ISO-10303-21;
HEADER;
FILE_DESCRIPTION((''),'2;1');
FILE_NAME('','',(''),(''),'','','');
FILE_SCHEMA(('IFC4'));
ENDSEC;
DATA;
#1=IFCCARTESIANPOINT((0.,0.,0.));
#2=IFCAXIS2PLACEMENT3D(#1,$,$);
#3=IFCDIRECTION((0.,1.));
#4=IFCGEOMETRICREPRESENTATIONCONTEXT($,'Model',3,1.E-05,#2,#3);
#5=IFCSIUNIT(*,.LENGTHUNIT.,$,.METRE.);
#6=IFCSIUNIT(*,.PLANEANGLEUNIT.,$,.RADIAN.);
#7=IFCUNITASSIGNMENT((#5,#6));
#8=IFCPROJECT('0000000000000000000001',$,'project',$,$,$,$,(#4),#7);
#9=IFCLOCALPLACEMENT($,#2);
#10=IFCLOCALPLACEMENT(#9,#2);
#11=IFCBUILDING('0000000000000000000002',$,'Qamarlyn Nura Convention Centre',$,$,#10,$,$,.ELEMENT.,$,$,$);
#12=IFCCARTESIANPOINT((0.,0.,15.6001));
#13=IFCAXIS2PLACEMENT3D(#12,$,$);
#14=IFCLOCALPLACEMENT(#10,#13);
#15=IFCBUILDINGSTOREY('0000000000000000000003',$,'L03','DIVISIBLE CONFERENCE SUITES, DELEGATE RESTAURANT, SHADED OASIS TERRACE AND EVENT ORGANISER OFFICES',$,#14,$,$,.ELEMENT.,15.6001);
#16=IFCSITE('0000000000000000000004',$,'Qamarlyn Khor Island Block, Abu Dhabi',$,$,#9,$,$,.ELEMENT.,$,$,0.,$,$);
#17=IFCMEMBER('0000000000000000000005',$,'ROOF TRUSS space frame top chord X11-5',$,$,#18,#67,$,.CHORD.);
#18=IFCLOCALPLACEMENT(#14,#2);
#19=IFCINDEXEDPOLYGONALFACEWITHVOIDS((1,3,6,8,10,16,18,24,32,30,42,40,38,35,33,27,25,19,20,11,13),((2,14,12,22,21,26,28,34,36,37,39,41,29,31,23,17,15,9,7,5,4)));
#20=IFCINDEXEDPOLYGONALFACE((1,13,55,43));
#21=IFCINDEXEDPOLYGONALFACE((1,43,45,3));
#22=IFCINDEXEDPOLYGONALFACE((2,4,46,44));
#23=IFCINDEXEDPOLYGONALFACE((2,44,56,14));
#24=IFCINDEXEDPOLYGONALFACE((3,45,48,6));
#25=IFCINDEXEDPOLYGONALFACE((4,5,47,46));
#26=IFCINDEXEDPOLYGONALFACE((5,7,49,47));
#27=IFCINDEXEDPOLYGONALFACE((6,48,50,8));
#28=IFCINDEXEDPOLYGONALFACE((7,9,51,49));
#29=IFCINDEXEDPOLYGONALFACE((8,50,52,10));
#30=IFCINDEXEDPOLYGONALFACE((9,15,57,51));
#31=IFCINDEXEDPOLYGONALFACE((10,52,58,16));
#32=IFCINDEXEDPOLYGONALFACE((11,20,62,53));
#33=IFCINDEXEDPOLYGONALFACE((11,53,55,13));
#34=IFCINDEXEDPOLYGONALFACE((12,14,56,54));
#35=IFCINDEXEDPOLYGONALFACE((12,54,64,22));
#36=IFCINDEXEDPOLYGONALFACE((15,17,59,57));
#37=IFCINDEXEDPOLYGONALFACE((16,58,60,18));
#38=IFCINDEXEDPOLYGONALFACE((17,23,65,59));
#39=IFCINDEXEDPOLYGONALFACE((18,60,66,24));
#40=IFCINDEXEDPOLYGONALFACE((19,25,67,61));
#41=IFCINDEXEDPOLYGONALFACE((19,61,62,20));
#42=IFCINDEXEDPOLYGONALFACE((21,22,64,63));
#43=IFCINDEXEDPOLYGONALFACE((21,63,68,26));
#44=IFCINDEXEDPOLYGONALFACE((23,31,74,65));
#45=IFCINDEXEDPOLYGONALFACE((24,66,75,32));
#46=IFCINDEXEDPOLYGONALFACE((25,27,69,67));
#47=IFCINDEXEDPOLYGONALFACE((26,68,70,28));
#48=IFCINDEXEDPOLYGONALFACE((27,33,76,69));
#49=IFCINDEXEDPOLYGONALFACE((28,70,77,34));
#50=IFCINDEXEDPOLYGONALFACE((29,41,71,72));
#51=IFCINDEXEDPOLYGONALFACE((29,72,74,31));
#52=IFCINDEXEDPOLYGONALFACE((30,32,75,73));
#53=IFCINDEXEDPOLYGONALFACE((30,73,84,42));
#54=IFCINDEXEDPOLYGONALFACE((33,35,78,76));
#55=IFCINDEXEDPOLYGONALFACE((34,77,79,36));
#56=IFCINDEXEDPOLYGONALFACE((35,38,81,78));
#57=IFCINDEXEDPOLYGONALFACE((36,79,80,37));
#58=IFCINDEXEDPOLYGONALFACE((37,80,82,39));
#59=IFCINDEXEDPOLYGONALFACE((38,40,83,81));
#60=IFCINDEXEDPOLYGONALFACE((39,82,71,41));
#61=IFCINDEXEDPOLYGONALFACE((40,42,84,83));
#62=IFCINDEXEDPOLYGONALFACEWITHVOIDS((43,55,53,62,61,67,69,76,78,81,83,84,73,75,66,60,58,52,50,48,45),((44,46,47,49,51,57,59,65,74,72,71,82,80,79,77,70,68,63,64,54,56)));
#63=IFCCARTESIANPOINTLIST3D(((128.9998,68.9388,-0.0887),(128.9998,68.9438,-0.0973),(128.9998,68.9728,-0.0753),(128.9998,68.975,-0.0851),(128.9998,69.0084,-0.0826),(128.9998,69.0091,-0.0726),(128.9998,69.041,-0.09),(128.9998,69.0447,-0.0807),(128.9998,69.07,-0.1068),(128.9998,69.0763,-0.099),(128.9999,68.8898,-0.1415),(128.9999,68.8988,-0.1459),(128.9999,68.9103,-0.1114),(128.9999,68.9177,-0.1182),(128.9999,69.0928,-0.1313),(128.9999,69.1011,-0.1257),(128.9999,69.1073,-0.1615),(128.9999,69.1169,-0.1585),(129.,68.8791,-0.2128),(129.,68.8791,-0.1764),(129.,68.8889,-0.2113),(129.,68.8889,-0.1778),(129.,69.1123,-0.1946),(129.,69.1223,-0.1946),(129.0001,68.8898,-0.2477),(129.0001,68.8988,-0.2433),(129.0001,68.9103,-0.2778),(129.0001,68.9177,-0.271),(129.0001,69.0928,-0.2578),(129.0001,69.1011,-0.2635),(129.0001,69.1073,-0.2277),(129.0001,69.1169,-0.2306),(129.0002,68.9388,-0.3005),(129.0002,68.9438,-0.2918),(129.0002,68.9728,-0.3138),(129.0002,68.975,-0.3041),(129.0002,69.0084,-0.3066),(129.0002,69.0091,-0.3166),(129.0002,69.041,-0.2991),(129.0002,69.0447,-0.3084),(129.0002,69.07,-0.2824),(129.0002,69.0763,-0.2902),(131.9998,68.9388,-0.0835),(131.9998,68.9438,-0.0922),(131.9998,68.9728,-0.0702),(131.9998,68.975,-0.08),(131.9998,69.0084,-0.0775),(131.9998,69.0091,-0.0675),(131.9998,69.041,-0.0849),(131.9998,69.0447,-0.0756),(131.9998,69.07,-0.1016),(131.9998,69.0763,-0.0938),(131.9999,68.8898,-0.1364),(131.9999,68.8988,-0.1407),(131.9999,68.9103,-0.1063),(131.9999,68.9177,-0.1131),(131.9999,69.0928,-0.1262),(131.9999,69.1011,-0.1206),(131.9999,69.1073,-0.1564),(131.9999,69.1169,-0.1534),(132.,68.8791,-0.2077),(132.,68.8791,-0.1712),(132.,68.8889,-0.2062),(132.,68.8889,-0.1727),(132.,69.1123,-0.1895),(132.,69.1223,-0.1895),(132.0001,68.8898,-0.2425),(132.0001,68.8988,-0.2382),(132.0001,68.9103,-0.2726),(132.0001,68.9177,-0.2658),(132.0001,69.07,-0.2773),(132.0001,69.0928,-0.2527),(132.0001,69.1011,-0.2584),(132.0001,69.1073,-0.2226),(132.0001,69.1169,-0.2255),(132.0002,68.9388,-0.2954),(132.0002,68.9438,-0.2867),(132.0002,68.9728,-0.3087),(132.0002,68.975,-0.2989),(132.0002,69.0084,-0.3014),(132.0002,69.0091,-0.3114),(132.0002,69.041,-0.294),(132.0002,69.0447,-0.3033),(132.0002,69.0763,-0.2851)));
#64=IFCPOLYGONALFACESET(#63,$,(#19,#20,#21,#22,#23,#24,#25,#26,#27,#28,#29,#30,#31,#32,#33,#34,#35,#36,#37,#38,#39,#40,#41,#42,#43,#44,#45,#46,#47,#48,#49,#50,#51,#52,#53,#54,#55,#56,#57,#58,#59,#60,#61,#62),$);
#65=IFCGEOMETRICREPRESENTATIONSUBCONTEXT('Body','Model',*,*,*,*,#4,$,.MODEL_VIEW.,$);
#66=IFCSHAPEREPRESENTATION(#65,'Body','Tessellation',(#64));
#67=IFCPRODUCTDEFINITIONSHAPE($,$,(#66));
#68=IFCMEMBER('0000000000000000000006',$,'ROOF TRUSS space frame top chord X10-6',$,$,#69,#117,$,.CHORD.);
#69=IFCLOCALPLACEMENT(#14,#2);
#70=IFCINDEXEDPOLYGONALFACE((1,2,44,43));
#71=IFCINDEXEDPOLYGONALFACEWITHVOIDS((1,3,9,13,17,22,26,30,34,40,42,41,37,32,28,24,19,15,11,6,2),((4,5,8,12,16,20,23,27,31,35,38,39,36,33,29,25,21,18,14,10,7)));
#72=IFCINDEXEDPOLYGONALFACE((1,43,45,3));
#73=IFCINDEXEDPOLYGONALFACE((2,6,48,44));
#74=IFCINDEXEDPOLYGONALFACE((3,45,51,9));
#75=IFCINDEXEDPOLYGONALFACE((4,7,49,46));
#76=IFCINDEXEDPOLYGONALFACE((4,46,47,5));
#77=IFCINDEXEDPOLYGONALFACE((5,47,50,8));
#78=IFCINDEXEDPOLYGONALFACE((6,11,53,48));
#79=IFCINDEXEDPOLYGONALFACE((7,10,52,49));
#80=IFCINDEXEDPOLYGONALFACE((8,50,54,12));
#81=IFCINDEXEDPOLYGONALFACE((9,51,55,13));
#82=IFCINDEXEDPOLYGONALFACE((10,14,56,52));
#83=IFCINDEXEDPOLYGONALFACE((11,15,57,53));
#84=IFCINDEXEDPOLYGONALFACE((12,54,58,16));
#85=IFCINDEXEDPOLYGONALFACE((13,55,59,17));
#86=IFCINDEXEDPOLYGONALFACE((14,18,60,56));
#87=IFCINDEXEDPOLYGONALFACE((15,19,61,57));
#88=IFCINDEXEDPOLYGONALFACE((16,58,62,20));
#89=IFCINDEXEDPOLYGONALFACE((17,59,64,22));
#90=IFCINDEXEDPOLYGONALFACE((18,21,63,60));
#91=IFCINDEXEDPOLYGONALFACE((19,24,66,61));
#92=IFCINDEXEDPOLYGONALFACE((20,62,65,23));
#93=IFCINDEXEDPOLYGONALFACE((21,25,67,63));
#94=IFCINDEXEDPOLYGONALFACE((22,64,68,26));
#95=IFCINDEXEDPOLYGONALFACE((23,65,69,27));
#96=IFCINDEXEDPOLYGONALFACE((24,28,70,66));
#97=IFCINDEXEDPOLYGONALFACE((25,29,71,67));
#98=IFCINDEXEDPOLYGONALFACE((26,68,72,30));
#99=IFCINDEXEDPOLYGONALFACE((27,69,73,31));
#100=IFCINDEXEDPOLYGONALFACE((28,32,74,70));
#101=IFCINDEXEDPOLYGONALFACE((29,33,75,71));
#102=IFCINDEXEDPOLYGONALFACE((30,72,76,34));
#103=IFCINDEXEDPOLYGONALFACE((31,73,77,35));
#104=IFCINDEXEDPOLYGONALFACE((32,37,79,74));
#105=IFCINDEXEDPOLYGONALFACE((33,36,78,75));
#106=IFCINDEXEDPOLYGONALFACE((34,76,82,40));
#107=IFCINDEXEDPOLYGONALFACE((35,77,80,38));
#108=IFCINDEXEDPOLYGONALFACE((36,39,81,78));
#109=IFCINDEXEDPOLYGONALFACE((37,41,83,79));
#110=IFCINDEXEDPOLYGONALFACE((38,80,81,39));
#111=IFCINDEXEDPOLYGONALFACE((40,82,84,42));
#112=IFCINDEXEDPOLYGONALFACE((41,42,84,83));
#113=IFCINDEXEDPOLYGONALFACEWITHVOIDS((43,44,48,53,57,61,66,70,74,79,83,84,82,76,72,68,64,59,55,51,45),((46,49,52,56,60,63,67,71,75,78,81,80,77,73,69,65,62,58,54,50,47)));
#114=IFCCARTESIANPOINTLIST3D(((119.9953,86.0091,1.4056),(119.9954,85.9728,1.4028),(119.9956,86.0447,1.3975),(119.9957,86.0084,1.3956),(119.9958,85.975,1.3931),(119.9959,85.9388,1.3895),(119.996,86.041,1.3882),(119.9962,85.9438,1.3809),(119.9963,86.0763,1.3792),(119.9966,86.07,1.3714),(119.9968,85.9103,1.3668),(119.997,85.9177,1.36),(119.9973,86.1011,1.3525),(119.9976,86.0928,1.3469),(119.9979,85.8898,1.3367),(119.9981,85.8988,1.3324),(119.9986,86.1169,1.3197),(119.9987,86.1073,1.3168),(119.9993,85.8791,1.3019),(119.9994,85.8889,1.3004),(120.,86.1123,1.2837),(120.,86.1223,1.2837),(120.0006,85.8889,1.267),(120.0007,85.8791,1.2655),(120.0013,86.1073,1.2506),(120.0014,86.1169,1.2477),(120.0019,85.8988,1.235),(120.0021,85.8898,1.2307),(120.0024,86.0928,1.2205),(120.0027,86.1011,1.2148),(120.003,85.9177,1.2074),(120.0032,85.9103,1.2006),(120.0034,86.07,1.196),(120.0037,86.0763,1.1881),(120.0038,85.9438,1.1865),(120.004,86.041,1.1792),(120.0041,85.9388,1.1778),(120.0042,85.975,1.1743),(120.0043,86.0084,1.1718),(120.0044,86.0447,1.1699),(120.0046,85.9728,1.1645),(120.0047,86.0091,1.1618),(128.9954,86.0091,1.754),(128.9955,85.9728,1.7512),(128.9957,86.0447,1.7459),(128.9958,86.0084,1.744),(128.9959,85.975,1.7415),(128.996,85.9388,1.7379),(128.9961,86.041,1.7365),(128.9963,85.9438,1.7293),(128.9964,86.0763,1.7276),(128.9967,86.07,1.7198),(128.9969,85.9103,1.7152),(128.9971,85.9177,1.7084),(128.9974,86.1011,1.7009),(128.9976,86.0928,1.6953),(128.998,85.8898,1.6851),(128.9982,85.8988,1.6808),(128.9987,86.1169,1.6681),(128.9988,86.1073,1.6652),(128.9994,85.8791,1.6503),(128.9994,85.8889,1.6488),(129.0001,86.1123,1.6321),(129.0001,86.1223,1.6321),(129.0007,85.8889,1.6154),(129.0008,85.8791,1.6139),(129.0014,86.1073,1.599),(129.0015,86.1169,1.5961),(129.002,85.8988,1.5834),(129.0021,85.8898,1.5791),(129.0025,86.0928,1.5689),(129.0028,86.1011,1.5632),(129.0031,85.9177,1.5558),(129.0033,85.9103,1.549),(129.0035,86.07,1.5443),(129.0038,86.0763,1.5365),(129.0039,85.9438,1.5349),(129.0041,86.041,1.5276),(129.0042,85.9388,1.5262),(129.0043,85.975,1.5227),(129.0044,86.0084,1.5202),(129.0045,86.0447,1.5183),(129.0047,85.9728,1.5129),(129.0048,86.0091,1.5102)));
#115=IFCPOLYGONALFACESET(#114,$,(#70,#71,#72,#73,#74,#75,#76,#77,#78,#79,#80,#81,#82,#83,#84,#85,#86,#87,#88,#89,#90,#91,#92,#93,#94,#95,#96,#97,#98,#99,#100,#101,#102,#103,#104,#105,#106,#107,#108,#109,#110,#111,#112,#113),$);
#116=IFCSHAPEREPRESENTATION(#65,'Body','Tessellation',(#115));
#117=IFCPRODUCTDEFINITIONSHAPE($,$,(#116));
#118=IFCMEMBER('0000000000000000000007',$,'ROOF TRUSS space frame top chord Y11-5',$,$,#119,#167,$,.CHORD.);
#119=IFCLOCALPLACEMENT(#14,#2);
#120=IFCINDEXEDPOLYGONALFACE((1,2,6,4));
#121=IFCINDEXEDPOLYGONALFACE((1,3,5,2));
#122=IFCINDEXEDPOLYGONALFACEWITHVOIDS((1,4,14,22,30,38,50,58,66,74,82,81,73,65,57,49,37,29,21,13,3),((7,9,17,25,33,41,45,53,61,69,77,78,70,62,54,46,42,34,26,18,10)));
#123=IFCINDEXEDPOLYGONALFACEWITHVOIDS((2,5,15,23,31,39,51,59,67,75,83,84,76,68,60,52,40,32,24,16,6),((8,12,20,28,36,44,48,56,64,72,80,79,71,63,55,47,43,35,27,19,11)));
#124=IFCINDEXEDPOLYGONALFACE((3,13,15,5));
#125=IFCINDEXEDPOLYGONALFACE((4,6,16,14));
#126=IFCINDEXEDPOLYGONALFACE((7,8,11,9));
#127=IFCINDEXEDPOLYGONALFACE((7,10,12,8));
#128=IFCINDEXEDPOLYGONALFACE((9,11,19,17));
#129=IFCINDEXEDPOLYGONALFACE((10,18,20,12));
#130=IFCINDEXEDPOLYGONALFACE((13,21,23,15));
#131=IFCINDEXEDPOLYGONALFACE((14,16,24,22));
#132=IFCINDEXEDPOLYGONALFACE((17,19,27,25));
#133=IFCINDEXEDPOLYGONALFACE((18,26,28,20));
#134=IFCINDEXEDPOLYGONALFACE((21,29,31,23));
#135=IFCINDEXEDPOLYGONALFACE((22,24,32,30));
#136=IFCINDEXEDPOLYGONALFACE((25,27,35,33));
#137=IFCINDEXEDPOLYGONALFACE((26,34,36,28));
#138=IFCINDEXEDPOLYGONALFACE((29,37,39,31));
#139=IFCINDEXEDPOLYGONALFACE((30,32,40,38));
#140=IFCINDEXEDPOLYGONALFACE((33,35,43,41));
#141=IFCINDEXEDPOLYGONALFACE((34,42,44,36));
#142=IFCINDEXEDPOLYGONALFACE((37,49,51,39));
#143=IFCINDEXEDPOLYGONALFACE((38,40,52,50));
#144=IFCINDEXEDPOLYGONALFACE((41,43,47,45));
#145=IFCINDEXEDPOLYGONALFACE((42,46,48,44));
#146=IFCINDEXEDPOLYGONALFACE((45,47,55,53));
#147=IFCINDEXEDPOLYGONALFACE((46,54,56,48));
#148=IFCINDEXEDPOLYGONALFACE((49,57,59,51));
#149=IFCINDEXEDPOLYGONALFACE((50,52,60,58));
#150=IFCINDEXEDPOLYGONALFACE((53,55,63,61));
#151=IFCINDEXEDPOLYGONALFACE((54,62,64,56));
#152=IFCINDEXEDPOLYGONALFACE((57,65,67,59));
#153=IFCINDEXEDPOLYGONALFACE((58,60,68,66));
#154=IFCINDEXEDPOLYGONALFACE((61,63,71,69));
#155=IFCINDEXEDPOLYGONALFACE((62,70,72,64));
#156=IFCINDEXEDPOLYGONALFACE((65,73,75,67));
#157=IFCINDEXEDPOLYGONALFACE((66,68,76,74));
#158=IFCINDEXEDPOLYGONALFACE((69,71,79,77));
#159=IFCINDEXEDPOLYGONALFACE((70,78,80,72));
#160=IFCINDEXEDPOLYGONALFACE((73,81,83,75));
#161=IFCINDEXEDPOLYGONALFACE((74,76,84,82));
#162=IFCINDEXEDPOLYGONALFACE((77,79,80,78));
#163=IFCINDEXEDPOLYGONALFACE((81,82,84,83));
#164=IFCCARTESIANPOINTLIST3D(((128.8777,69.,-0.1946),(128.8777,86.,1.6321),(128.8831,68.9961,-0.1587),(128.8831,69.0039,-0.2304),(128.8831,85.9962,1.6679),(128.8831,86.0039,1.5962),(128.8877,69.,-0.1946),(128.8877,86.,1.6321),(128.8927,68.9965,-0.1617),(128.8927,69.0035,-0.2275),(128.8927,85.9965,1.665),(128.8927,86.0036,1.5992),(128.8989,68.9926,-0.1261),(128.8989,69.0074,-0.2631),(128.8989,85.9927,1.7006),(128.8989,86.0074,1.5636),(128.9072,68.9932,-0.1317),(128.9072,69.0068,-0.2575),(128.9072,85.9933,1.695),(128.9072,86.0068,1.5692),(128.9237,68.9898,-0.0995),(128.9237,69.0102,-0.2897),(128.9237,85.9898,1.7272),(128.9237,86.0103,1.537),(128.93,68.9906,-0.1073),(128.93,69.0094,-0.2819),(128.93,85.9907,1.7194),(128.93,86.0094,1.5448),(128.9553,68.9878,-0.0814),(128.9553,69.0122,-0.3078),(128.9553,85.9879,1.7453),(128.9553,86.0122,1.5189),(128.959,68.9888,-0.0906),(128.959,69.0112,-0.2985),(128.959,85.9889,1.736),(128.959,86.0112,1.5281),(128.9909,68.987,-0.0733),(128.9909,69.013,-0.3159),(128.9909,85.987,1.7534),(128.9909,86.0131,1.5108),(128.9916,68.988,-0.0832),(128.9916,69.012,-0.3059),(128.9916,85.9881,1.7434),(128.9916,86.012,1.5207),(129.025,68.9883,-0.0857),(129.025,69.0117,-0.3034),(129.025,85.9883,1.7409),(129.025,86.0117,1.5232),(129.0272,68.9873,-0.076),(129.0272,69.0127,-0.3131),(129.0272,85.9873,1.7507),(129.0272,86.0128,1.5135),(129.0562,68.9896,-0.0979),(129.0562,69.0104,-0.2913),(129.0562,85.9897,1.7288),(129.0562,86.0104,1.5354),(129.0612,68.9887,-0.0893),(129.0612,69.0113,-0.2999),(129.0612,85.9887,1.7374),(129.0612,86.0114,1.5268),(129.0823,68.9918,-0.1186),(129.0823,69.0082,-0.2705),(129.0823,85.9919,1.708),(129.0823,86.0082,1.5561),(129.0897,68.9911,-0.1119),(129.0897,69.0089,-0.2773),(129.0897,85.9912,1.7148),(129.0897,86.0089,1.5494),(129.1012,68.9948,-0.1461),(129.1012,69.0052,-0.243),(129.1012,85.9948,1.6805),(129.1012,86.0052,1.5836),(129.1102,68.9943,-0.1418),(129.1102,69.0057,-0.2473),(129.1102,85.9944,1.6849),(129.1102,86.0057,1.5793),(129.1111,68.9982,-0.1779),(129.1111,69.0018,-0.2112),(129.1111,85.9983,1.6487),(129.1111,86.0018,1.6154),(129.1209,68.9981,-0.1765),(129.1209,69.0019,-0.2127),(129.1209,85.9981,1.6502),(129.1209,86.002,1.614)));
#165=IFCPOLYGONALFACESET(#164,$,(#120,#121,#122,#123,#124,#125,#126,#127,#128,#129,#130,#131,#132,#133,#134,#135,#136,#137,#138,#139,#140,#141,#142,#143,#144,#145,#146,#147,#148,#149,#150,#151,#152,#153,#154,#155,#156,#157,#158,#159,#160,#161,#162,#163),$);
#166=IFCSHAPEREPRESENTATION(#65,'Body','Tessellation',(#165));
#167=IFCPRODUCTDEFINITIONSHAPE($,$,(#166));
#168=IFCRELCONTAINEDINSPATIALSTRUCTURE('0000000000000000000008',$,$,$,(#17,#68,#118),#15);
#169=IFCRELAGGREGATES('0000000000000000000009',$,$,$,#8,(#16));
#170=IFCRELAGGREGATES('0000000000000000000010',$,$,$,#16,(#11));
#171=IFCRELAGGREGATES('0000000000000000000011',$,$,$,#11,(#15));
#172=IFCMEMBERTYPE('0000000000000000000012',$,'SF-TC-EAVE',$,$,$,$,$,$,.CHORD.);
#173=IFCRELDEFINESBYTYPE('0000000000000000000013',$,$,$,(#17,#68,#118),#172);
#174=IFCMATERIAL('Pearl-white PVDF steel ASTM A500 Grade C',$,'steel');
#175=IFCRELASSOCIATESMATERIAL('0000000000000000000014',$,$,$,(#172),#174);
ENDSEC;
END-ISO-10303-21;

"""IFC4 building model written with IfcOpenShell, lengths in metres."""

from ifc_helpers import new_model, si_unit, direction, frame, origin, origin_2d, place, context, subcontext, project, spatial, hollow_circle, extrude, material, material_profile, profile_set, type_object, element, save


model = new_model("IFC4")

# Units and contexts
model_context = context("Model", 3, precision=1e-05, world=origin(), true_north=direction((0.0, 1.0)))
body_context = subcontext(model_context, "Body", "Model", "MODEL_VIEW")
ifc_project = project(units=[si_unit("LENGTHUNIT", "METRE"), si_unit("PLANEANGLEUNIT", "RADIAN")], contexts=[model_context])

# Site, building, storey
site_placement = place(None, origin())
site = spatial("IfcSite", under=ifc_project, at=site_placement, Name="Qamarlyn Khor Island Block, Abu Dhabi", CompositionType="ELEMENT", RefElevation=0.0)
building_placement = place(site_placement, origin())
building = spatial("IfcBuilding", under=site, at=building_placement, Name="Qamarlyn Nura Convention Centre", CompositionType="ELEMENT")
storey_placement = place(building_placement, frame((0.0, 0.0, 15.6001)))
storey = spatial("IfcBuildingStorey", under=building, at=storey_placement, Name="L03", Description="DIVISIBLE CONFERENCE SUITES, DELEGATE RESTAURANT, SHADED OASIS TERRACE AND EVENT ORGANISER OFFICES", CompositionType="ELEMENT", Elevation=15.6001)

# Members
ifc_material_1 = material(Name="Pearl-white PVDF steel ASTM A500 Grade C", Category="steel")
ifc_material_profile_1 = material_profile(ifc_material_1, hollow_circle(Radius=0.1223, WallThickness=0.01, at=origin_2d()), Name="CHS244.5X10")
ifc_profile_set_1 = profile_set([ifc_material_profile_1], Name="Pearl-white PVDF steel ASTM A500 Grade C")
member_type_1 = type_object("IfcMemberType", Name="SF-TC-EAVE", PredefinedType="CHORD", material=ifc_profile_set_1)
member_1_placement = place(storey_placement, frame((129.0, 69.0, -0.1946), z_axis=(0.999999, 0.0, 0.001709), x_axis=(0.0, 1.0, 0.0)))
element("IfcMember", 1, at=member_1_placement, inside=storey, type_object=member_type_1, Name="ROOF TRUSS space frame top chord X11-5", PredefinedType="CHORD", context=body_context, shape_type="SweptSolid", body=[
    extrude(hollow_circle(Radius=0.1223, WallThickness=0.01, at=origin_2d()), origin(), (0.0, 0.0, 1.0), 3.0),
])
member_2_placement = place(storey_placement, frame((120.0, 86.0, 1.2837), z_axis=(0.999252, 0.0, 0.038681), x_axis=(0.0, 1.0, 0.0)))
element("IfcMember", 2, at=member_2_placement, inside=storey, type_object=member_type_1, Name="ROOF TRUSS space frame top chord X10-6", PredefinedType="CHORD", context=body_context, shape_type="SweptSolid", body=[
    extrude(hollow_circle(Radius=0.1223, WallThickness=0.01, at=origin_2d()), origin(), (0.0, 0.0, 1.0), 9.0068),
])
member_3_placement = place(storey_placement, frame((129.0, 69.0, -0.1946), z_axis=(0.0, 0.994277, 0.106836), x_axis=(-1.0, 0.0, 0.0)))
element("IfcMember", 3, at=member_3_placement, inside=storey, type_object=member_type_1, Name="ROOF TRUSS space frame top chord Y11-5", PredefinedType="CHORD", context=body_context, shape_type="SweptSolid", body=[
    extrude(hollow_circle(Radius=0.1223, WallThickness=0.01, at=origin_2d()), origin(), (0.0, 0.0, 1.0), 17.0979),
])

save(model, "model.ifc")
